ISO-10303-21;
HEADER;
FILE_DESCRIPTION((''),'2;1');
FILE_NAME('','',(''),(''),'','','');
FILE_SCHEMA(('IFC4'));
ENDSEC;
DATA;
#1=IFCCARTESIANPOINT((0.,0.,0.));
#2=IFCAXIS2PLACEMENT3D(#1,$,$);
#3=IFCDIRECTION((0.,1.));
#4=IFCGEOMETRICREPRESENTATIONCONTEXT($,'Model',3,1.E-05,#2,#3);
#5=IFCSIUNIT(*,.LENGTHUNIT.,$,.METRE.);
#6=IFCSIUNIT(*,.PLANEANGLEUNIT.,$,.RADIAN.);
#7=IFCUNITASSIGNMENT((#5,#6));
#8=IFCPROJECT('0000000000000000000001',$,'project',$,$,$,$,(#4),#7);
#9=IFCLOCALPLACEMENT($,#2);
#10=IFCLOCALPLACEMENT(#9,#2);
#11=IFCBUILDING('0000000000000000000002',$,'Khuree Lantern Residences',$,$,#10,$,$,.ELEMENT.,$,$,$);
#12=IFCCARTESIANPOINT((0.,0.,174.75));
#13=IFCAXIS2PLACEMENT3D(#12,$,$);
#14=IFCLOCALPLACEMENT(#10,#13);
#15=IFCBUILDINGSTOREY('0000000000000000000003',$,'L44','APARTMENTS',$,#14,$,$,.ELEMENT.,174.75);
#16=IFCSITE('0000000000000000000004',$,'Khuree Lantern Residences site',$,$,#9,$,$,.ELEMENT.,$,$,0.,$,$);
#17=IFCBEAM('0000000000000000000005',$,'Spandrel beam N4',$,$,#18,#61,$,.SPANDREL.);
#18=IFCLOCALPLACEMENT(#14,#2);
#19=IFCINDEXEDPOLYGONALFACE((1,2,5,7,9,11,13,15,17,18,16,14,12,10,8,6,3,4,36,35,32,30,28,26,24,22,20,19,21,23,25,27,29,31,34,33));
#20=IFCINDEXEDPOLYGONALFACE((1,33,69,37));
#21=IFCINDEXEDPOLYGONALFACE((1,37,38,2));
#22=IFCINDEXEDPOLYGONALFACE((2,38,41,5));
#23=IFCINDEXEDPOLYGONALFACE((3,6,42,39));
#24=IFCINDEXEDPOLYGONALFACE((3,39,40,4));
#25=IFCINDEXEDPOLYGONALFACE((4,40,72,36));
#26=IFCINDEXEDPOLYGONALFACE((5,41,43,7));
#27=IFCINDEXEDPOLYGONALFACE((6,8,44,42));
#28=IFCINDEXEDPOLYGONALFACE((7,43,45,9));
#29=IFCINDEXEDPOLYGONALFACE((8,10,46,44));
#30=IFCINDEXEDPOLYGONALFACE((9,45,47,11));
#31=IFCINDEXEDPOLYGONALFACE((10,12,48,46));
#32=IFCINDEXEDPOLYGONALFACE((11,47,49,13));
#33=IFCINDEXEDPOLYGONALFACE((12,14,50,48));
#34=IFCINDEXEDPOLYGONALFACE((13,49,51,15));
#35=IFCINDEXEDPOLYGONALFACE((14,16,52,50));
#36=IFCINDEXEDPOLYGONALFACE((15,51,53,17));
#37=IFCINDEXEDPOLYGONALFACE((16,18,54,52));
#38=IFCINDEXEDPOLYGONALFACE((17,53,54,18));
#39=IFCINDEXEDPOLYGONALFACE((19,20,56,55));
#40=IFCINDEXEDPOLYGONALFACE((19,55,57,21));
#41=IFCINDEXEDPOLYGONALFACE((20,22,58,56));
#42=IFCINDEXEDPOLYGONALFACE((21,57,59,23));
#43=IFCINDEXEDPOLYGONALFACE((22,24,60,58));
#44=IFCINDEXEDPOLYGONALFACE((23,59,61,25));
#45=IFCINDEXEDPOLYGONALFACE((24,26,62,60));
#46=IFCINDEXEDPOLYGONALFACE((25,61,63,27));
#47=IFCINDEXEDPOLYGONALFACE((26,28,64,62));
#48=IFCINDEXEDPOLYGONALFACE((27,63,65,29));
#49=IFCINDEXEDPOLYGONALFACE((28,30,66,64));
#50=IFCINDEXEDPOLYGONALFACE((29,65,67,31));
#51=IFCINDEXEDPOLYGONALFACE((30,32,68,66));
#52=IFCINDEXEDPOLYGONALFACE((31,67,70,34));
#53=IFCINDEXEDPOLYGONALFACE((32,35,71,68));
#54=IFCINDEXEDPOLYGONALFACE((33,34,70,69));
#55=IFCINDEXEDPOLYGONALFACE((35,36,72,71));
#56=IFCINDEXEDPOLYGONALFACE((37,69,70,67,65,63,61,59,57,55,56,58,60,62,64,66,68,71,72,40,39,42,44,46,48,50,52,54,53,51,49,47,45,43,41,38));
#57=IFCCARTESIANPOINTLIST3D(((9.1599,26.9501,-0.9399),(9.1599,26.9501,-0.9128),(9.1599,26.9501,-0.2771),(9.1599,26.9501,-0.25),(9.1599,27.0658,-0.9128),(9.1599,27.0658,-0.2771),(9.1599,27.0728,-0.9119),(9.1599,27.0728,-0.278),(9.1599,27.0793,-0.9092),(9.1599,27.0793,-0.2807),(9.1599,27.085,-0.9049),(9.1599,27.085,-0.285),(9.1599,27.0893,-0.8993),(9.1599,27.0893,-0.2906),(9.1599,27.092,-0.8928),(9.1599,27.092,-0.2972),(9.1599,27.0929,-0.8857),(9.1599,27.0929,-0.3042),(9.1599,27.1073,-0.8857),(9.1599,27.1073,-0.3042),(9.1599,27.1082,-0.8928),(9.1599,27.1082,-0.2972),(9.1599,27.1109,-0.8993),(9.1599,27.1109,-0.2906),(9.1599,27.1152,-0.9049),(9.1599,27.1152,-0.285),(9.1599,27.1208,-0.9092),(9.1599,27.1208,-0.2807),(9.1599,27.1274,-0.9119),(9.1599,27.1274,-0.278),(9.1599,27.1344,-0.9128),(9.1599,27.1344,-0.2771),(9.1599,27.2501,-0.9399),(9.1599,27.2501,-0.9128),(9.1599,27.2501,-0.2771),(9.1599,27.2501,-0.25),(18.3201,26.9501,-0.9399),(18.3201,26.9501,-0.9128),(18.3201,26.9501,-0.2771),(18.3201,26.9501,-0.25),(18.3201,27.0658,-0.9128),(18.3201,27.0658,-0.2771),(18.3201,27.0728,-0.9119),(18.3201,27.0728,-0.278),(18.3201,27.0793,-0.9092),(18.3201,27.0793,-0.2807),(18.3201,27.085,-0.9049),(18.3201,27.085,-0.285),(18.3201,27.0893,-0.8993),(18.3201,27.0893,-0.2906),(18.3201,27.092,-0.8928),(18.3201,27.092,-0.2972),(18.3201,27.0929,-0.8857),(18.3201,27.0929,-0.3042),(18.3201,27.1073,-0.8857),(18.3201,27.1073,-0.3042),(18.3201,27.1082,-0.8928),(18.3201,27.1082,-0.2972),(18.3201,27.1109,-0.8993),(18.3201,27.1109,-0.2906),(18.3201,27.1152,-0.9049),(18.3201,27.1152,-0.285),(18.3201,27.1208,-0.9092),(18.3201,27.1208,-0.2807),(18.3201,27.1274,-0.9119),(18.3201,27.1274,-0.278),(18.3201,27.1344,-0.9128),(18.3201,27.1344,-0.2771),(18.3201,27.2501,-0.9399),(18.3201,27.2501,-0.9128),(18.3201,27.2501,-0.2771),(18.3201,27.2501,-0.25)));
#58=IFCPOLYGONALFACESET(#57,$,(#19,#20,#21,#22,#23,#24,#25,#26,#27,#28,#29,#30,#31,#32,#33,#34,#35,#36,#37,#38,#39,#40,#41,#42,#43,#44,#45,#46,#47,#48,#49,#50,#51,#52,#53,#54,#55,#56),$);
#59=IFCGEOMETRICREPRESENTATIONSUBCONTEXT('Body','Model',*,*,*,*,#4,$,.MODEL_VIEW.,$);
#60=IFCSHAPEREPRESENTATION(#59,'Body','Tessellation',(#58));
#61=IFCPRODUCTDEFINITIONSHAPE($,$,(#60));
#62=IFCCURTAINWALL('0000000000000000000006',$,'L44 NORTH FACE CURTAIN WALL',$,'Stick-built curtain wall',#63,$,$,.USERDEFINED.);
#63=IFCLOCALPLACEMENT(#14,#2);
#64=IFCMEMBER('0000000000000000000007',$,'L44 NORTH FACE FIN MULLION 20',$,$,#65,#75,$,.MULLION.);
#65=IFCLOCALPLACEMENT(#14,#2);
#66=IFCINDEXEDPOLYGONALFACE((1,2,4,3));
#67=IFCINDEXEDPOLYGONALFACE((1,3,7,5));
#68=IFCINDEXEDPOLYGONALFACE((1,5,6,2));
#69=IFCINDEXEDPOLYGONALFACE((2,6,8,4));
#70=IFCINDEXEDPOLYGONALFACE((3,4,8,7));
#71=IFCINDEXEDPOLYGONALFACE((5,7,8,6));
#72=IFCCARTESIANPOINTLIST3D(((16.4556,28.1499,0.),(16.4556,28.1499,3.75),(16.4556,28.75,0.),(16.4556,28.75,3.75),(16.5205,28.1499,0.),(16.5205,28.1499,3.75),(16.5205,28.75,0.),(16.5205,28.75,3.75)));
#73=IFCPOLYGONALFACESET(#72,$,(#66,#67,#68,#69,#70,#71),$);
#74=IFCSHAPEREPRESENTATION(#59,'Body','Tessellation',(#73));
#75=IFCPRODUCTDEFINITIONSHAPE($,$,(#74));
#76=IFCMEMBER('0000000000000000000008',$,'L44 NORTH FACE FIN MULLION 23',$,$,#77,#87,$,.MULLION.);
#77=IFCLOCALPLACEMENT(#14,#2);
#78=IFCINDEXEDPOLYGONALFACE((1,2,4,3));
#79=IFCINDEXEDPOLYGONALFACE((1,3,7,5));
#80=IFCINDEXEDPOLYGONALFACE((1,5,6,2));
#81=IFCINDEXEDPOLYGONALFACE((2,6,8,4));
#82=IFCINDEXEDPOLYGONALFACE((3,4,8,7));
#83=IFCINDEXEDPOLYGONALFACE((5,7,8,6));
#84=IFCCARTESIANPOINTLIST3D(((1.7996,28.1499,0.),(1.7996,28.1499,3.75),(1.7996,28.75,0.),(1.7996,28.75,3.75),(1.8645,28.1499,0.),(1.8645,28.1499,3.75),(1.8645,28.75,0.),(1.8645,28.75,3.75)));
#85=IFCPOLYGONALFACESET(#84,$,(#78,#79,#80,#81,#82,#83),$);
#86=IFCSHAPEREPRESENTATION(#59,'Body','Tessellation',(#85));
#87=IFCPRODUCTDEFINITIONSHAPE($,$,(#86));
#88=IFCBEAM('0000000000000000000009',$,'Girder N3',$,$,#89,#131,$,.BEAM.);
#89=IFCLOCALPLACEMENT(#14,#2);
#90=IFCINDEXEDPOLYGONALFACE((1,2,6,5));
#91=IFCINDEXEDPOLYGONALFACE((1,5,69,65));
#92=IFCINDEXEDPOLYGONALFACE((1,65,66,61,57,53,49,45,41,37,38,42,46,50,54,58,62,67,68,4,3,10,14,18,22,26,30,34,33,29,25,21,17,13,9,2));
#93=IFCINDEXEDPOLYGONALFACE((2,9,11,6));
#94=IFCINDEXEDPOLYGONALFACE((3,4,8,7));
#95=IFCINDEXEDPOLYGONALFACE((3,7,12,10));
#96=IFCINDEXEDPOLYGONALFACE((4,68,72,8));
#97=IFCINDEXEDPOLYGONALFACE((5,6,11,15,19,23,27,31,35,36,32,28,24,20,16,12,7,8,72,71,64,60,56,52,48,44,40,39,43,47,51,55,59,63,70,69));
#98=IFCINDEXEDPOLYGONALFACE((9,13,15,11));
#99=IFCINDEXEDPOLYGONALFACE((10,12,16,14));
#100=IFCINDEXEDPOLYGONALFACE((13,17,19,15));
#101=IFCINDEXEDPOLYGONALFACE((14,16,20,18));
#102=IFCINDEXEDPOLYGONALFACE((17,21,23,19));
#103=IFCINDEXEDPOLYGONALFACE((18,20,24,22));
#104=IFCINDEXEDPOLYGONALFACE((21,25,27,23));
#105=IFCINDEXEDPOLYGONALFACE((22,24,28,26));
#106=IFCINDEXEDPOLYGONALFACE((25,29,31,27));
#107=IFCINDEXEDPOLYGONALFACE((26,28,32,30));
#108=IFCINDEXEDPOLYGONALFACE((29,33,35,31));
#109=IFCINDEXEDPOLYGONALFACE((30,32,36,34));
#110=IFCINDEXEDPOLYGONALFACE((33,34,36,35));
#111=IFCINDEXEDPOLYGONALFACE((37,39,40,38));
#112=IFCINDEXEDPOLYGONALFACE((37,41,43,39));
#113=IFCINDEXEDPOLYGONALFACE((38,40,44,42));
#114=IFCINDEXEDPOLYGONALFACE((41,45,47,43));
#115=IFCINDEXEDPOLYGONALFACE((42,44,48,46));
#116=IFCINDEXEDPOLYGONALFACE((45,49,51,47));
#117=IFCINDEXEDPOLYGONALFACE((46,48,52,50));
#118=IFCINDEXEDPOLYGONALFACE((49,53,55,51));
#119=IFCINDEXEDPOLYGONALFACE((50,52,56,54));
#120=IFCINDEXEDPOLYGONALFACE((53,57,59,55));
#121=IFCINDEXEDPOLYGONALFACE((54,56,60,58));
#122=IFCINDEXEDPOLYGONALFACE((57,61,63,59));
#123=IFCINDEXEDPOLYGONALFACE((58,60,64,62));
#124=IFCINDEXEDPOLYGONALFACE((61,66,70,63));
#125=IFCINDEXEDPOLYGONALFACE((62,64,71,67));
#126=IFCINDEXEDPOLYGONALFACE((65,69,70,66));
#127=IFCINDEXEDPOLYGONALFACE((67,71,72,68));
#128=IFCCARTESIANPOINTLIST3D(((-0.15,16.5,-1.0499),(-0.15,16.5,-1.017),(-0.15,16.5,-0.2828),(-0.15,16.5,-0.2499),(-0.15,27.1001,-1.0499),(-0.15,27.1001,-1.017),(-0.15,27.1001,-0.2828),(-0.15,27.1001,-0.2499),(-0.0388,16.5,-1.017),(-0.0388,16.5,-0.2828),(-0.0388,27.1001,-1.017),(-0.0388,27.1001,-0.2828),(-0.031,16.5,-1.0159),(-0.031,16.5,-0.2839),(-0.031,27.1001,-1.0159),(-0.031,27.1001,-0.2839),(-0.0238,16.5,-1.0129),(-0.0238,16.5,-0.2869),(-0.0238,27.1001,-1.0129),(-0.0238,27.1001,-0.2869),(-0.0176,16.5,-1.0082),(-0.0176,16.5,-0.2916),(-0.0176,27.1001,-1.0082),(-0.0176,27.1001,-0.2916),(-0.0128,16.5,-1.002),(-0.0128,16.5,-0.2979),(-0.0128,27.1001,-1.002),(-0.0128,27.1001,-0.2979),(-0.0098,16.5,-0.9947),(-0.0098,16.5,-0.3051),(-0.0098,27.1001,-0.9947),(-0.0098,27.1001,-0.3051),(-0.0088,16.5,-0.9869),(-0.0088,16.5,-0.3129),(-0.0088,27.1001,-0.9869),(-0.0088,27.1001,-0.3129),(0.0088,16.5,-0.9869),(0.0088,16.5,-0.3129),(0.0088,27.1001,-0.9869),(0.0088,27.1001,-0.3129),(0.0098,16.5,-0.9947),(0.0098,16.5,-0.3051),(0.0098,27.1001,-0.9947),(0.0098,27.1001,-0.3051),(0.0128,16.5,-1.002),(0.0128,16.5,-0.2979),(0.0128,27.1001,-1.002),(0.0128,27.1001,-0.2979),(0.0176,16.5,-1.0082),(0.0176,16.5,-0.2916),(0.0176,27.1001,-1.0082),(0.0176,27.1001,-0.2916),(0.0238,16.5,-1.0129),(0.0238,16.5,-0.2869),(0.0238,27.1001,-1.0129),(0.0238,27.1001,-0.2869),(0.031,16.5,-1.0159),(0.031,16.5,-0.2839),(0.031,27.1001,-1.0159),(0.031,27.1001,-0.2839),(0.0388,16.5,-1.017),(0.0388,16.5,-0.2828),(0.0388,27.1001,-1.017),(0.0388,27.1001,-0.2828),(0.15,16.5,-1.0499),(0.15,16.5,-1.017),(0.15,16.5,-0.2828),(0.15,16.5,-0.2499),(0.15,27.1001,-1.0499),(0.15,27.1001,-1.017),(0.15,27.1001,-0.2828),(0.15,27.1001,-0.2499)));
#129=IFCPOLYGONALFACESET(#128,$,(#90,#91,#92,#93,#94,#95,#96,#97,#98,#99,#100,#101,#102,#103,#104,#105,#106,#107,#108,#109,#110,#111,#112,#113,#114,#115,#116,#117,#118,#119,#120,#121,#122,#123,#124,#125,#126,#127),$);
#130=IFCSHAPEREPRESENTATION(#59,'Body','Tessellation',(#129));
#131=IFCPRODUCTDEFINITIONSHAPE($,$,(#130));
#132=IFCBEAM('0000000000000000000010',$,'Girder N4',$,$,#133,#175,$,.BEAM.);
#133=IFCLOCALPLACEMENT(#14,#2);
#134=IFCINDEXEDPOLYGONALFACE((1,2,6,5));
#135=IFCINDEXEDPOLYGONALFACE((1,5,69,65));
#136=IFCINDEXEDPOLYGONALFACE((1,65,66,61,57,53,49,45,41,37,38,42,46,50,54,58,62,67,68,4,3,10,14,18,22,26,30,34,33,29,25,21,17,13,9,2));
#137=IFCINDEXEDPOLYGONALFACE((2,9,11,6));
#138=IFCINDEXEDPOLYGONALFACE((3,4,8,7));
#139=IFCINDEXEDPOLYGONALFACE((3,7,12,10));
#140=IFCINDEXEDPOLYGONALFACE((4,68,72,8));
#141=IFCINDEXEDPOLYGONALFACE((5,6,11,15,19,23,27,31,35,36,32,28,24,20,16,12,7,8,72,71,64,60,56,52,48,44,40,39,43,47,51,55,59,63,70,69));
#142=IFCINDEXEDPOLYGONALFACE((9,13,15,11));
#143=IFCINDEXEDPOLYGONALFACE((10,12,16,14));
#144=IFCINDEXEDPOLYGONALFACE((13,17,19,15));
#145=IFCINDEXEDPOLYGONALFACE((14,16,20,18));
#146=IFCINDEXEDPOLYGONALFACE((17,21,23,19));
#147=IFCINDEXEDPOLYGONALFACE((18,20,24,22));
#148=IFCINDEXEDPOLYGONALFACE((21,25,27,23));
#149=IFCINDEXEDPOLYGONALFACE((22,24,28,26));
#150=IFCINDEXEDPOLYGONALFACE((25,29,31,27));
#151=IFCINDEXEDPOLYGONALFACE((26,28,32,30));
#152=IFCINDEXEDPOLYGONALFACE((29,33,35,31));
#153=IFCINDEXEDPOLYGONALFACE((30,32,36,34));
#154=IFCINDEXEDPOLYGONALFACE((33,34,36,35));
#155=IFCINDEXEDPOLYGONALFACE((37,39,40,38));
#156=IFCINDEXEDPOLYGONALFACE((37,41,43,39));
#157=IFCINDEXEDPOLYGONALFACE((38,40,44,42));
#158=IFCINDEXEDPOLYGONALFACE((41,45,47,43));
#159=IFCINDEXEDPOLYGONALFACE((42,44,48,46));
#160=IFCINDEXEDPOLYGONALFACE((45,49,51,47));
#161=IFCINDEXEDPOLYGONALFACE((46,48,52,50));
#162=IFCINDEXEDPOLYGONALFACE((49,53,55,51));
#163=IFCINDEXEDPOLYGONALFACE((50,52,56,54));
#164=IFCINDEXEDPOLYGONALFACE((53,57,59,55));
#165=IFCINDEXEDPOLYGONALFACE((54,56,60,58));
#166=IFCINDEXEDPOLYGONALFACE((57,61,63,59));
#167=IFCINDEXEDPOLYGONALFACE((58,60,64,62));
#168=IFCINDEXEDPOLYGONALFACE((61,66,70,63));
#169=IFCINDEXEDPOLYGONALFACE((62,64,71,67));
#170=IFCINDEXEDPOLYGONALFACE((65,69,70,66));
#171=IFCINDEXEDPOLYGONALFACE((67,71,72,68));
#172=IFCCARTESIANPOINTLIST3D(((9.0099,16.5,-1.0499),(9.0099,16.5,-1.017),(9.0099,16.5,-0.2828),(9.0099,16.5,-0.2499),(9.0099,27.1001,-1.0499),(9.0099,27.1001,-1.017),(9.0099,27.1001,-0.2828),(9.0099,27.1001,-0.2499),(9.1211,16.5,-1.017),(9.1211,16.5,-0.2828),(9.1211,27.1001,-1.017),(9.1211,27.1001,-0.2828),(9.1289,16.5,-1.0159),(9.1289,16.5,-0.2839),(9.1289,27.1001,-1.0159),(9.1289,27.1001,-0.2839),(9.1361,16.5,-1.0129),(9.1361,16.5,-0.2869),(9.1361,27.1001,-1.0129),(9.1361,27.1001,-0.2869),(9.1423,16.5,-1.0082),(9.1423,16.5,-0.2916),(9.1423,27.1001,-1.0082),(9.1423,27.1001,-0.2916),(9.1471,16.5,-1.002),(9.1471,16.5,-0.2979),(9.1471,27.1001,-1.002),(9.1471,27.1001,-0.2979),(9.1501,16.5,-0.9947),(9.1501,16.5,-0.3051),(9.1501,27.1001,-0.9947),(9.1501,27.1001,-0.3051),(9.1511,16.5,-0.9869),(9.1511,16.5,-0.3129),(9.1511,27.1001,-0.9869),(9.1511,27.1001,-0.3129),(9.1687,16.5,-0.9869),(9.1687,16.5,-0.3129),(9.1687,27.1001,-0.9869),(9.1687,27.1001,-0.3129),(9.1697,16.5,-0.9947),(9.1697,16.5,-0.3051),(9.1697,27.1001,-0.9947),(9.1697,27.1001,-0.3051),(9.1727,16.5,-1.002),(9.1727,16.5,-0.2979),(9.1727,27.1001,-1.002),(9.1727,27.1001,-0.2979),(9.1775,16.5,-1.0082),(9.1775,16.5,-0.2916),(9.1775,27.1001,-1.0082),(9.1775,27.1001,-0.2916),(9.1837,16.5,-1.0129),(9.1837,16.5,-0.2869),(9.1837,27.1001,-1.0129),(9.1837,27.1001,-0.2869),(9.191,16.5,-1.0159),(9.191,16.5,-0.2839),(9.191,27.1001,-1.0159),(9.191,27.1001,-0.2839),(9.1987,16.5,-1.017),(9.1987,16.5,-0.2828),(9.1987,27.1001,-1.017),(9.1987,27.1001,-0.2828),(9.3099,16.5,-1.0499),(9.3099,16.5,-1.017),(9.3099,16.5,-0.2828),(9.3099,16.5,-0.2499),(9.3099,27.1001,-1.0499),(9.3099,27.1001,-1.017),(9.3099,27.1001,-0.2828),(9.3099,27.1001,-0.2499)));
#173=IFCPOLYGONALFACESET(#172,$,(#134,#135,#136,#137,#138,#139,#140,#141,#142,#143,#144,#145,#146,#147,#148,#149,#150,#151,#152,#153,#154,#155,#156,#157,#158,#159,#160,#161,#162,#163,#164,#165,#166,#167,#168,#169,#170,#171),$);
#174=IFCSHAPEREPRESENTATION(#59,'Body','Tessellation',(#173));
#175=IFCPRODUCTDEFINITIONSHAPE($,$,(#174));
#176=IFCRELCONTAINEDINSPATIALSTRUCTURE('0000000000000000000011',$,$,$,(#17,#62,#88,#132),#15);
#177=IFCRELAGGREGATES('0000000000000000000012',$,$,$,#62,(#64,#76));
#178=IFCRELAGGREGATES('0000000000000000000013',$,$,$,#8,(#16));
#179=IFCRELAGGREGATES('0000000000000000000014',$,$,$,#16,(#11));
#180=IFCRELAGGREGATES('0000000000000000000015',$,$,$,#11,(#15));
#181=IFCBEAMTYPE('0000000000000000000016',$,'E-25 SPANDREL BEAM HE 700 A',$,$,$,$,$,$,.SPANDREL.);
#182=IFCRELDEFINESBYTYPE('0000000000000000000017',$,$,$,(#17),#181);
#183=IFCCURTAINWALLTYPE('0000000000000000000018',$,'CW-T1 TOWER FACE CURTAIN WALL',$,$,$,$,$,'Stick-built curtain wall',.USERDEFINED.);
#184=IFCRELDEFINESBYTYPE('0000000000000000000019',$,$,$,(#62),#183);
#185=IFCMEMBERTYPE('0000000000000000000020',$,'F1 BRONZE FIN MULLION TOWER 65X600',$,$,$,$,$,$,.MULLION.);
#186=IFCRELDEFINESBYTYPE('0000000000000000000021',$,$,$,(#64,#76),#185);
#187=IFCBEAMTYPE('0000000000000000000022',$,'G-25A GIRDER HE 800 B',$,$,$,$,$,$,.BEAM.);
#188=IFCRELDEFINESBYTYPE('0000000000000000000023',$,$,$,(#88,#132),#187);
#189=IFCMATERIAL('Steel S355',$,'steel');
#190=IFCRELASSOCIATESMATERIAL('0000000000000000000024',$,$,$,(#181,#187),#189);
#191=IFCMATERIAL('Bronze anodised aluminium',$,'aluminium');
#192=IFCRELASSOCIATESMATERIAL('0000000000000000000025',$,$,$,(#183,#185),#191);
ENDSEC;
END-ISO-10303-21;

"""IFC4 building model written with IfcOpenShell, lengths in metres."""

from ifc_helpers import new_model, si_unit, direction, frame, origin, origin_2d, place, context, subcontext, project, spatial, rectangle, i_section, extrude, material, material_profile, profile_set, type_object, element, aggregate, save


model = new_model("IFC4")

# Units and contexts
model_context = context("Model", 3, precision=1e-05, world=origin(), true_north=direction((0.0, 1.0)))
body_context = subcontext(model_context, "Body", "Model", "MODEL_VIEW")
ifc_project = project(units=[si_unit("LENGTHUNIT", "METRE"), si_unit("PLANEANGLEUNIT", "RADIAN")], contexts=[model_context])

# Site, building, storey
site_placement = place(None, origin())
site = spatial("IfcSite", under=ifc_project, at=site_placement, Name="Khuree Lantern Residences site", CompositionType="ELEMENT", RefElevation=0.0)
building_placement = place(site_placement, origin())
building = spatial("IfcBuilding", under=site, at=building_placement, Name="Khuree Lantern Residences", CompositionType="ELEMENT")
storey_placement = place(building_placement, frame((0.0, 0.0, 174.75)))
storey = spatial("IfcBuildingStorey", under=building, at=storey_placement, Name="L44", Description="APARTMENTS", CompositionType="ELEMENT", Elevation=174.75)

# Beam
ifc_material_1 = material(Name="Steel S355", Category="steel")
ifc_material_profile_1 = material_profile(ifc_material_1, i_section(OverallWidth=0.3, OverallDepth=0.6899, WebThickness=0.0144, FlangeThickness=0.0271, FilletRadius=0.0271, at=origin_2d()), Name="HE 700 A")
ifc_profile_set_1 = profile_set([ifc_material_profile_1], Name="Steel S355")
beam_type_1 = type_object("IfcBeamType", Name="E-25 SPANDREL BEAM HE 700 A", PredefinedType="SPANDREL", material=ifc_profile_set_1)
beam_1_placement = place(storey_placement, frame((9.1599, 27.1001, -0.595), z_axis=(1.0, 0.0, 0.0), x_axis=(0.0, 1.0, 0.0)))
element("IfcBeam", 1, at=beam_1_placement, inside=storey, type_object=beam_type_1, Name="Spandrel beam N4", PredefinedType="SPANDREL", context=body_context, shape_type="SweptSolid", body=[
    extrude(i_section(OverallWidth=0.3, OverallDepth=0.6899, WebThickness=0.0144, FlangeThickness=0.0271, FilletRadius=0.0271, at=origin_2d()), origin(), (0.0, 0.0, 1.0), 9.1602),
])

# Curtain wall, members
ifc_material_2 = material(Name="Bronze anodised aluminium", Category="aluminium")
curtain_wall_type = type_object("IfcCurtainWallType", Name="CW-T1 TOWER FACE CURTAIN WALL", ElementType="Stick-built curtain wall", PredefinedType="USERDEFINED", material=ifc_material_2)
curtain_wall_placement = place(storey_placement, origin())
curtain_wall = element("IfcCurtainWall", 2, at=curtain_wall_placement, inside=storey, type_object=curtain_wall_type, Name="L44 NORTH FACE CURTAIN WALL", ObjectType="Stick-built curtain wall", PredefinedType="USERDEFINED")
ifc_material_profile_2 = material_profile(ifc_material_2, rectangle(XDim=0.0649, YDim=0.6001, at=origin_2d()), Name="F1 65X600")
ifc_profile_set_2 = profile_set([ifc_material_profile_2], Name="Bronze anodised aluminium")
member_type_1 = type_object("IfcMemberType", Name="F1 BRONZE FIN MULLION TOWER 65X600", PredefinedType="MULLION", material=ifc_profile_set_2)
member_1_placement = place(storey_placement, frame((16.488, 28.45, 0.0), z_axis=(0.0, 0.0, 1.0), x_axis=(-1.0, 0.0, 0.0)))
member_1 = element("IfcMember", 3, at=member_1_placement, type_object=member_type_1, Name="L44 NORTH FACE FIN MULLION 20", PredefinedType="MULLION", context=body_context, shape_type="SweptSolid", body=[
    extrude(rectangle(XDim=0.0649, YDim=0.6001, at=origin_2d()), origin(), (0.0, 0.0, 1.0), 3.75),
])
member_2_placement = place(storey_placement, frame((1.832, 28.45, 0.0), z_axis=(0.0, 0.0, 1.0), x_axis=(-1.0, 0.0, 0.0)))
member_2 = element("IfcMember", 4, at=member_2_placement, type_object=member_type_1, Name="L44 NORTH FACE FIN MULLION 23", PredefinedType="MULLION", context=body_context, shape_type="SweptSolid", body=[
    extrude(rectangle(XDim=0.0649, YDim=0.6001, at=origin_2d()), origin(), (0.0, 0.0, 1.0), 3.75),
])

# Beams
ifc_material_profile_3 = material_profile(ifc_material_1, i_section(OverallWidth=0.3, OverallDepth=0.8, WebThickness=0.0176, FlangeThickness=0.033, FilletRadius=0.03, at=origin_2d()), Name="HE 800 B")
ifc_profile_set_3 = profile_set([ifc_material_profile_3], Name="Steel S355")
beam_type_2 = type_object("IfcBeamType", Name="G-25A GIRDER HE 800 B", PredefinedType="BEAM", material=ifc_profile_set_3)
for number, where, z_axis, x_axis, name in (
    (5, (0.0, 27.1001, -0.6499), (0.0, -1.0, 0.0), (1.0, 0.0, 0.0), "Girder N3"),
    (6, (9.1599, 27.1001, -0.6499), (0.0, -1.0, 0.0), (1.0, 0.0, 0.0), "Girder N4"),
):
    element("IfcBeam", number, at=place(storey_placement, frame(where, z_axis=z_axis, x_axis=x_axis)), inside=storey, type_object=beam_type_2, Name=name, PredefinedType="BEAM", context=body_context, shape_type="SweptSolid", body=[
        extrude(i_section(OverallWidth=0.3, OverallDepth=0.8, WebThickness=0.0176, FlangeThickness=0.033, FilletRadius=0.03, at=origin_2d()), origin(), (0.0, 0.0, 1.0), 10.6001),
    ])

aggregate(curtain_wall, [member_1, member_2])

save(model, "model.ifc")
